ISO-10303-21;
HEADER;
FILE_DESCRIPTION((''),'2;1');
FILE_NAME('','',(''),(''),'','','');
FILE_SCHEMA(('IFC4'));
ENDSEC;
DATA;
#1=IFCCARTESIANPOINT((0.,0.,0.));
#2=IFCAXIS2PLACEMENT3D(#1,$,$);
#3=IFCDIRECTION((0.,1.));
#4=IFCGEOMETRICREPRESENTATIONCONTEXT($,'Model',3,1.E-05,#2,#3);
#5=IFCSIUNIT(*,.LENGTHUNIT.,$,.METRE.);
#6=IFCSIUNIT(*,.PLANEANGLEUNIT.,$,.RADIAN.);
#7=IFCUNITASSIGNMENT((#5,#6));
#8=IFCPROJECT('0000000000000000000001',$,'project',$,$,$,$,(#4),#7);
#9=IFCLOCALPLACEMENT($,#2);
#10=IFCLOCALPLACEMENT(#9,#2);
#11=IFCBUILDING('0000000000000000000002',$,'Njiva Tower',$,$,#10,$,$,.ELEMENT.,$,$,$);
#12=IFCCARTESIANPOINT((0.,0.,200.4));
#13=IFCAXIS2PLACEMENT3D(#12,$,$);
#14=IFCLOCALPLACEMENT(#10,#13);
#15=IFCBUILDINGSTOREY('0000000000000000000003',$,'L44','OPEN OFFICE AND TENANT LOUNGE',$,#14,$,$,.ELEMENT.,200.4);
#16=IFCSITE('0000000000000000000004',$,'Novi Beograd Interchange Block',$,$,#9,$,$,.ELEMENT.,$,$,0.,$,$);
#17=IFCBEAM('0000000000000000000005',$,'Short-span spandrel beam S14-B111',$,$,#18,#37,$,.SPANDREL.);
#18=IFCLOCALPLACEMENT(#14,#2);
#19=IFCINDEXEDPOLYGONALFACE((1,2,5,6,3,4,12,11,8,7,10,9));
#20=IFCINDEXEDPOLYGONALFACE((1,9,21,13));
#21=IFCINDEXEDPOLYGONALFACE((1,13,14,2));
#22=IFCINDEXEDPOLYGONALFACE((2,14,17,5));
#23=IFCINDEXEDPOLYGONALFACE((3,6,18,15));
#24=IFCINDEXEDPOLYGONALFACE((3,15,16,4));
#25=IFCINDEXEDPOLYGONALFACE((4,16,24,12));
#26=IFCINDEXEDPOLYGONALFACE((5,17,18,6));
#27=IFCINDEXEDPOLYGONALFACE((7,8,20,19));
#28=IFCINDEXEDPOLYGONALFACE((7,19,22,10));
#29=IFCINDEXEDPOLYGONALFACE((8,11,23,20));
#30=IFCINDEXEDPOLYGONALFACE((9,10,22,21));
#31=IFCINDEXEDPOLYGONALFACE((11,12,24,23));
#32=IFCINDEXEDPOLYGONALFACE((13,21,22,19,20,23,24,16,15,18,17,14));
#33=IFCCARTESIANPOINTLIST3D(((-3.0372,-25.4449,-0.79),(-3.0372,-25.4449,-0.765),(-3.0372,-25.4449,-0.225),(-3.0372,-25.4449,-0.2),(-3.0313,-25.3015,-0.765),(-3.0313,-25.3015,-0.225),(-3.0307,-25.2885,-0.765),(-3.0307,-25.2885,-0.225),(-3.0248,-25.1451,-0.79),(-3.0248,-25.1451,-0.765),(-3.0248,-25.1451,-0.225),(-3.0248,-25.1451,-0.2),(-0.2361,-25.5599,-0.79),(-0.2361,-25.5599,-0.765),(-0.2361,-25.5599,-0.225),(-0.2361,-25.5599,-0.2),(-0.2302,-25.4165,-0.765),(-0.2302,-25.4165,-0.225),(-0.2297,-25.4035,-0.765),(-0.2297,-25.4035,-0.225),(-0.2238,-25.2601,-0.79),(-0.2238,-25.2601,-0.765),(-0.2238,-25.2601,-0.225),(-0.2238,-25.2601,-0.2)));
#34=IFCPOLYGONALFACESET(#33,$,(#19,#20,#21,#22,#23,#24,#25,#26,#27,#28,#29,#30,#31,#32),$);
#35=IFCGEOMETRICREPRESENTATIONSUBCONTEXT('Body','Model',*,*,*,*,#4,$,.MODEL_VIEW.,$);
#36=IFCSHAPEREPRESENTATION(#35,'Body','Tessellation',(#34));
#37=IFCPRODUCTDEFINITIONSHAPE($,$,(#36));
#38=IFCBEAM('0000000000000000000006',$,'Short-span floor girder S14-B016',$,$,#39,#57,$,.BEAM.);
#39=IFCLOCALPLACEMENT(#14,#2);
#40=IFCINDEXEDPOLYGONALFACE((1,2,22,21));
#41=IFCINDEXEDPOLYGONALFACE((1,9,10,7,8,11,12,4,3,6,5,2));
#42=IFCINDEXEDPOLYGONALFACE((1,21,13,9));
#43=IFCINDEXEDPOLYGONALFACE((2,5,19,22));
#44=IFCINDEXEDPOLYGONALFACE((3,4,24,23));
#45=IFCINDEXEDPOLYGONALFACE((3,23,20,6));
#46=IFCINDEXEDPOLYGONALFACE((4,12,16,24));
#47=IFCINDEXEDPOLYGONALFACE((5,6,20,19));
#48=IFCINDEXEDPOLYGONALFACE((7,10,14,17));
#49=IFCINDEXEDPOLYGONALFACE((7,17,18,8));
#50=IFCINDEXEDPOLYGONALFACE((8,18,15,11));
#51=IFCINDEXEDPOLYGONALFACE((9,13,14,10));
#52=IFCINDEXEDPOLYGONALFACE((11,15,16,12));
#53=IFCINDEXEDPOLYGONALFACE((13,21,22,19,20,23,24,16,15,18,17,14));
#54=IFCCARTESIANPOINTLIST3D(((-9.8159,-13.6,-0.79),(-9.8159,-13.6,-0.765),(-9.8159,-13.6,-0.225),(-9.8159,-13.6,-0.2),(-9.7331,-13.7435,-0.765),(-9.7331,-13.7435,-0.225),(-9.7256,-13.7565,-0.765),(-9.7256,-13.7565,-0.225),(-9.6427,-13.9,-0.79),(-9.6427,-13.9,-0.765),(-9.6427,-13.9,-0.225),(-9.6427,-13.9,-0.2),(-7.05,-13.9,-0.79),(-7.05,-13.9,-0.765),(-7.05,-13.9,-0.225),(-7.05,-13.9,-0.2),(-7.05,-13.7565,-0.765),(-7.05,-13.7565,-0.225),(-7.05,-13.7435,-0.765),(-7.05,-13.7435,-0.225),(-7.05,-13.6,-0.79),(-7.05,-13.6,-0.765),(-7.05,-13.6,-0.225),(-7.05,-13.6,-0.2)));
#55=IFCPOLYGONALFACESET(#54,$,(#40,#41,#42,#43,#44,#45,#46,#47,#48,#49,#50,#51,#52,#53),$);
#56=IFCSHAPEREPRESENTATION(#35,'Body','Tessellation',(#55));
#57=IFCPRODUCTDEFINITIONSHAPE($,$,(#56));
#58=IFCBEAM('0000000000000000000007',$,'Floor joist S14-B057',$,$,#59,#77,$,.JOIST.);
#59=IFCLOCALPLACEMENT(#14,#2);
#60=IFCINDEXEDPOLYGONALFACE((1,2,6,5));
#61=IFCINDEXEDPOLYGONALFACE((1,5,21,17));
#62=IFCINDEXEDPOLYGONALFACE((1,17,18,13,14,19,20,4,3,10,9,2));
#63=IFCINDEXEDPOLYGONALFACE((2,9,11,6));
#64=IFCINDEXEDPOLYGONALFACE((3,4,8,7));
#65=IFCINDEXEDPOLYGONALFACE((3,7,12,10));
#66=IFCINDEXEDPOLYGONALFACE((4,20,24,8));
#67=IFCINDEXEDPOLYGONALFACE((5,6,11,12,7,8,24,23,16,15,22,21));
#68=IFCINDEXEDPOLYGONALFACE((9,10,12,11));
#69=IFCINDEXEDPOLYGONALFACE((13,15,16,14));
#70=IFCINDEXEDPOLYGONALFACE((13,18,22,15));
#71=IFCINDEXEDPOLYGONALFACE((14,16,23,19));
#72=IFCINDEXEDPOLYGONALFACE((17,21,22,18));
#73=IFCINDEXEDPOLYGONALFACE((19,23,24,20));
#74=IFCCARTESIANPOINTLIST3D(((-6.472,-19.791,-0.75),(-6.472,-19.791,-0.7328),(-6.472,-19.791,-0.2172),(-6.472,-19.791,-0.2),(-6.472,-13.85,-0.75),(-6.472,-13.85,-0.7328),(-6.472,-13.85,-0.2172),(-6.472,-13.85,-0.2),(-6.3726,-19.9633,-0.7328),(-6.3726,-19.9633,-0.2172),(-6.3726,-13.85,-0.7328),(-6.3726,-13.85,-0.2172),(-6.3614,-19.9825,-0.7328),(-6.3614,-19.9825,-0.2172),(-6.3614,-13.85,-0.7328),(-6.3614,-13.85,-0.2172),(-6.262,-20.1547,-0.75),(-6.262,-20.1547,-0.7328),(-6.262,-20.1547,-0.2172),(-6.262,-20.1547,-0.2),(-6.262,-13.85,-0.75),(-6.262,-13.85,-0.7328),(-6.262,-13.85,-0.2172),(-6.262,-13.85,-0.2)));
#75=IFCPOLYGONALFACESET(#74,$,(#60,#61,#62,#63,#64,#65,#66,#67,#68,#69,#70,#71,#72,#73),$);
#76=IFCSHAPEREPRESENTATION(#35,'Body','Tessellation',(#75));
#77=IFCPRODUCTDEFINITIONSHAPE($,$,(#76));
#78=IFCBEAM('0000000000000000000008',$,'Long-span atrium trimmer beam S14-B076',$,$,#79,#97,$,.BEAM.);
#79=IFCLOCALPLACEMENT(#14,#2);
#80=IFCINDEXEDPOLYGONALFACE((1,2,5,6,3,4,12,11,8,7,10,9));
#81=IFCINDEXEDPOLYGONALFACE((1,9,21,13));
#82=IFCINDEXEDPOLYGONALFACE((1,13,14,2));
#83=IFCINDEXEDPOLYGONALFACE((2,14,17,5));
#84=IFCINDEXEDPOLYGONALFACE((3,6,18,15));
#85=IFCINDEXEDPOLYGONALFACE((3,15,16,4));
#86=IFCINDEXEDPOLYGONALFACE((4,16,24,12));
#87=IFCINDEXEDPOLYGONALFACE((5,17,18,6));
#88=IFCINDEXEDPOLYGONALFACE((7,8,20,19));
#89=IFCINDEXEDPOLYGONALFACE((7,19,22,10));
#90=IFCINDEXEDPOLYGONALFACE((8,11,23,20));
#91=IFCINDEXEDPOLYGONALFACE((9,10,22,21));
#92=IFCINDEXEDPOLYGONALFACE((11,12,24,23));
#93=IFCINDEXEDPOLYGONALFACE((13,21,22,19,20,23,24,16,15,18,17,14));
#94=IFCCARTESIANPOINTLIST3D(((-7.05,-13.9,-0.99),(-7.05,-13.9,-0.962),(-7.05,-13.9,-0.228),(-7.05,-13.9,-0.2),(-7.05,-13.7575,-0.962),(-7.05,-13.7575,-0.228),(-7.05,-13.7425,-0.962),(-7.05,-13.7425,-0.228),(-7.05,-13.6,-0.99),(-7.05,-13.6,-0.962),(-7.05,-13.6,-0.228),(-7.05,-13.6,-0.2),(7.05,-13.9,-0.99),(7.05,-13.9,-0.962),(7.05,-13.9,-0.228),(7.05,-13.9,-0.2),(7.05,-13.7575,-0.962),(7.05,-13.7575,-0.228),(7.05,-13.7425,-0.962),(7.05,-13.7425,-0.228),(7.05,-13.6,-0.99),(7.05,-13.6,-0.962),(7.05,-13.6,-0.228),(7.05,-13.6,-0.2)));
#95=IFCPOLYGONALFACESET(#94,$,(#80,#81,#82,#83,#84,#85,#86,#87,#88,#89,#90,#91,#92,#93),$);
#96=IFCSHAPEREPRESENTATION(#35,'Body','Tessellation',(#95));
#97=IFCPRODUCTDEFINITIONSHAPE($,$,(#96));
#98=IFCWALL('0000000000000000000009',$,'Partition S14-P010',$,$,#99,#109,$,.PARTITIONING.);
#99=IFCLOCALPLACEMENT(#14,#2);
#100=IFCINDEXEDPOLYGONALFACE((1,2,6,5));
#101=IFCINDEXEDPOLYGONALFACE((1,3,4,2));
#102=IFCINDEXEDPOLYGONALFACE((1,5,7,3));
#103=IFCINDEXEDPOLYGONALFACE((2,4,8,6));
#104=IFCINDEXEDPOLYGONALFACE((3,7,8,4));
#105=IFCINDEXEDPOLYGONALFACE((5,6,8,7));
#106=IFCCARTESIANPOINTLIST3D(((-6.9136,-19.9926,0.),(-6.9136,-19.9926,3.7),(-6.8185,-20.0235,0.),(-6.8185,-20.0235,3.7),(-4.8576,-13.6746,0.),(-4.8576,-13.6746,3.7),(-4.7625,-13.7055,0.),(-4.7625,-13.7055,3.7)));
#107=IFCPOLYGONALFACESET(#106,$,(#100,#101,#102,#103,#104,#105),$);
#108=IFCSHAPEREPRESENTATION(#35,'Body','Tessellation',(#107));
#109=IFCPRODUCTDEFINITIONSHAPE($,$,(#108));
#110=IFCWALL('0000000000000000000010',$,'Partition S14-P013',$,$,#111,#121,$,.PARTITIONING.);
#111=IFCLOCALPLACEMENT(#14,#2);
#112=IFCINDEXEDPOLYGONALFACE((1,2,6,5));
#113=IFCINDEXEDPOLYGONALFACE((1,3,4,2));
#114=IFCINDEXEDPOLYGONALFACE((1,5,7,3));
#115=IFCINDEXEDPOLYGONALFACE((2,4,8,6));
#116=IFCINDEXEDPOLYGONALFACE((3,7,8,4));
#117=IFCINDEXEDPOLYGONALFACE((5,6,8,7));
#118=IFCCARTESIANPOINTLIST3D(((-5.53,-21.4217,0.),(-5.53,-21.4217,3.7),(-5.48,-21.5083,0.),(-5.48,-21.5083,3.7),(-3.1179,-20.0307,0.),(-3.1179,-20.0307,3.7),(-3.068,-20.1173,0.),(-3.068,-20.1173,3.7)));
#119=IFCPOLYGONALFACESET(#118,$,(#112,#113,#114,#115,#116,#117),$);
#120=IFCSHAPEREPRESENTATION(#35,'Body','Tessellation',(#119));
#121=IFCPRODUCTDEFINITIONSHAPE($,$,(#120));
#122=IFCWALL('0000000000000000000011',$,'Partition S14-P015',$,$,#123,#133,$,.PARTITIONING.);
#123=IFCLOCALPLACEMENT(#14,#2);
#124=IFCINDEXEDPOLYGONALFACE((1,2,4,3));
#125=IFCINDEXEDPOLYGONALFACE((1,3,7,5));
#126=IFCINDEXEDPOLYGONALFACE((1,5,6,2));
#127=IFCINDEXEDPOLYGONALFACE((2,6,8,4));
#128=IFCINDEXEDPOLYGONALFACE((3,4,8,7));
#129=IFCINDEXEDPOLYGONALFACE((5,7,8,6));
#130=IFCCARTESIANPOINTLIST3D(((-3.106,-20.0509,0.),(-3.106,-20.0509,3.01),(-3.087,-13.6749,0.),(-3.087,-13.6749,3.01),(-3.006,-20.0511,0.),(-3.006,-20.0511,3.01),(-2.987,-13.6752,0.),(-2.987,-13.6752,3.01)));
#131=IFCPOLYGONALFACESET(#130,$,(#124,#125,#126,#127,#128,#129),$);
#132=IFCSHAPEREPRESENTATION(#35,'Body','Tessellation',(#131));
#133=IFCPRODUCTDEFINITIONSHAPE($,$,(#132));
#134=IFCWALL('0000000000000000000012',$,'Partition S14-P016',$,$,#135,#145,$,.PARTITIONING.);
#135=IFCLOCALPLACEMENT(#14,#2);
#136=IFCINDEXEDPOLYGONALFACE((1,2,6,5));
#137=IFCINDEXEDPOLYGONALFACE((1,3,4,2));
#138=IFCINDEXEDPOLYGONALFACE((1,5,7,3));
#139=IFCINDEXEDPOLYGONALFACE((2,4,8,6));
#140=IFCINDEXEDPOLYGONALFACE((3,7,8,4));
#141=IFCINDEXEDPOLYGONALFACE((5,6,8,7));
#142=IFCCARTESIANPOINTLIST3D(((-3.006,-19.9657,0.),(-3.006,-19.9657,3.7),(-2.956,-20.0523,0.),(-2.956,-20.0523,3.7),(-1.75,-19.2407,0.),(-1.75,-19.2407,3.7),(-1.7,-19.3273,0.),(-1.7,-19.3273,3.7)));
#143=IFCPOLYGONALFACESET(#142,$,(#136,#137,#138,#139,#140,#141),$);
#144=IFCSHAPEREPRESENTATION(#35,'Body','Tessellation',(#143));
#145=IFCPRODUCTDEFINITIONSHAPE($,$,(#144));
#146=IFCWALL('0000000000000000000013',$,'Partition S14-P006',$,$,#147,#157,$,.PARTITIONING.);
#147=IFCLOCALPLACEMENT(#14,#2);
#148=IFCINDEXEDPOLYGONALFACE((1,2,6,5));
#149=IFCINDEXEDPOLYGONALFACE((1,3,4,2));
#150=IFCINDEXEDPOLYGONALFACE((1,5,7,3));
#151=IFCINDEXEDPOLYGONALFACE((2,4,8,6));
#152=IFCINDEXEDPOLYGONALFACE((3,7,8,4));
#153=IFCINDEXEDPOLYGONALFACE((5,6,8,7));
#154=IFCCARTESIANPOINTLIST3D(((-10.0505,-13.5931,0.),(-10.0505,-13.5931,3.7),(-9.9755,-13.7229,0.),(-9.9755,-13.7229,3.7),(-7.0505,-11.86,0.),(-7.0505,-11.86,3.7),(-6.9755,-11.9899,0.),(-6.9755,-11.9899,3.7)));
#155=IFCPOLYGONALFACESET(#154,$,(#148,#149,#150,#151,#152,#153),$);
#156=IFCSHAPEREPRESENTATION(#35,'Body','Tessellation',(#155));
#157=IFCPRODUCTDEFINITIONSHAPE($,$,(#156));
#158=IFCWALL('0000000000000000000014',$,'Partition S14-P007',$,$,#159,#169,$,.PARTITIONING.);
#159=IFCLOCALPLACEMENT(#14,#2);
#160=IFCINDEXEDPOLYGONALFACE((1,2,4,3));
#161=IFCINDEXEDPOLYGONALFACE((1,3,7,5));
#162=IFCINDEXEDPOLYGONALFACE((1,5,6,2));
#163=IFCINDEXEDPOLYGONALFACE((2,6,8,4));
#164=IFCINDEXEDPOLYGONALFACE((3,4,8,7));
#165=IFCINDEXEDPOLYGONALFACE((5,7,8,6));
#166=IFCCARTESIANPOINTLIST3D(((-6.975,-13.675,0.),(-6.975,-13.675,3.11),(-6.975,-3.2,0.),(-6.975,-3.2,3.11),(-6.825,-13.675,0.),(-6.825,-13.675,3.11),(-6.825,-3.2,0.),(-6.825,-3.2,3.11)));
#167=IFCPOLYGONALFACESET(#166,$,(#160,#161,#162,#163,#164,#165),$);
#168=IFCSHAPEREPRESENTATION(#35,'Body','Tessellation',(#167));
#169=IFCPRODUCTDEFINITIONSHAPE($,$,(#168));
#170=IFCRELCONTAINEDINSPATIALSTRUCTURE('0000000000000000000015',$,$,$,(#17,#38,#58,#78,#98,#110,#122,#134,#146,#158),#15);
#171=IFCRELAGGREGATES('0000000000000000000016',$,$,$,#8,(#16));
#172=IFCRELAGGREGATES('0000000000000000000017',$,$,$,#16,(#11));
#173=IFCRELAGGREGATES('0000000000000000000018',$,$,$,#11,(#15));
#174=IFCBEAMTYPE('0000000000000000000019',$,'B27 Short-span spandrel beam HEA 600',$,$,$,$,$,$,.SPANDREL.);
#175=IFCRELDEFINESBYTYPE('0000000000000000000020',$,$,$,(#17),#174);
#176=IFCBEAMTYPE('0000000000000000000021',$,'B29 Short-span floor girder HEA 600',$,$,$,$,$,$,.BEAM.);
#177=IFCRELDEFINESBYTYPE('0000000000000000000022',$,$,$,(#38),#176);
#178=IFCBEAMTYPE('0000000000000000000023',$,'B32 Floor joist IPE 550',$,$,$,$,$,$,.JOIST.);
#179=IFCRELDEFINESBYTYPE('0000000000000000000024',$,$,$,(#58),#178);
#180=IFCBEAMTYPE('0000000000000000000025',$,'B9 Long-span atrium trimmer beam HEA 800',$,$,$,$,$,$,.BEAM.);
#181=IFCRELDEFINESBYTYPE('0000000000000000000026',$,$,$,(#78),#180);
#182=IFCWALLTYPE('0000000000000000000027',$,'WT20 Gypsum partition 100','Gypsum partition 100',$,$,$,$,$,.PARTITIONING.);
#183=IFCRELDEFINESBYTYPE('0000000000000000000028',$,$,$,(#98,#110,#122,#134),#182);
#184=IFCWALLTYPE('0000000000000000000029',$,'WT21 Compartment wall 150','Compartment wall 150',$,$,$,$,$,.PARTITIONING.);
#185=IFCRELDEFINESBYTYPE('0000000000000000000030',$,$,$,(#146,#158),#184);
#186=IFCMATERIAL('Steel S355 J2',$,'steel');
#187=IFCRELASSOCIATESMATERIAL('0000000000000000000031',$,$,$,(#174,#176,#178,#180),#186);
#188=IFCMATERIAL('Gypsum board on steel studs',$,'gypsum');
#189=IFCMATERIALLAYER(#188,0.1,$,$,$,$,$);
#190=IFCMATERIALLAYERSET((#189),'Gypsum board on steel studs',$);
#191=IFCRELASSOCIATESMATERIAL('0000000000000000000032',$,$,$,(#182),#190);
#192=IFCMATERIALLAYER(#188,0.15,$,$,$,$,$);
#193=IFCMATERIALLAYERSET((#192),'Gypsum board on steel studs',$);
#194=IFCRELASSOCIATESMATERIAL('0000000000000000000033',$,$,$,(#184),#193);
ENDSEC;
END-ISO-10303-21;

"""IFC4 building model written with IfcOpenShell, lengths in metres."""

from ifc_helpers import new_model, si_unit, direction, frame, frame_2d, origin, origin_2d, place, context, subcontext, project, spatial, rectangle, i_section, extrude, clip, halfspace, material, layer, layer_set, material_profile, profile_set, type_object, element, save


model = new_model("IFC4")

# Units and contexts
model_context = context("Model", 3, precision=1e-05, world=origin(), true_north=direction((0.0, 1.0)))
body_context = subcontext(model_context, "Body", "Model", "MODEL_VIEW")
ifc_project = project(units=[si_unit("LENGTHUNIT", "METRE"), si_unit("PLANEANGLEUNIT", "RADIAN")], contexts=[model_context])

# Site, building, storey
site_placement = place(None, origin())
site = spatial("IfcSite", under=ifc_project, at=site_placement, Name="Novi Beograd Interchange Block", CompositionType="ELEMENT", RefElevation=0.0)
building_placement = place(site_placement, origin())
building = spatial("IfcBuilding", under=site, at=building_placement, Name="Njiva Tower", CompositionType="ELEMENT")
storey_placement = place(building_placement, frame((0.0, 0.0, 200.4)))
storey = spatial("IfcBuildingStorey", under=building, at=storey_placement, Name="L44", Description="OPEN OFFICE AND TENANT LOUNGE", CompositionType="ELEMENT", Elevation=200.4)

# Shared definitions
ifc_material_1 = material(Name="Steel S355 J2", Category="steel")

# Beams
ifc_material_profile_1 = material_profile(ifc_material_1, i_section(OverallWidth=0.3, OverallDepth=0.59, WebThickness=0.013, FlangeThickness=0.025, at=origin_2d()), Name="HEA 600")
ifc_profile_set_1 = profile_set([ifc_material_profile_1], Name="Steel S355 J2")
beam_type_1 = type_object("IfcBeamType", Name="B27 Short-span spandrel beam HEA 600", PredefinedType="SPANDREL", material=ifc_profile_set_1)
beam_1_placement = place(storey_placement, frame((-3.031, -25.295, -0.495), z_axis=(0.999158, -0.041022, 0.0), x_axis=(0.041022, 0.999158, 0.0)))
element("IfcBeam", 1, at=beam_1_placement, inside=storey, type_object=beam_type_1, Name="Short-span spandrel beam S14-B111", PredefinedType="SPANDREL", context=body_context, shape_type="SweptSolid", body=[
    extrude(i_section(OverallWidth=0.3, OverallDepth=0.59, WebThickness=0.013, FlangeThickness=0.025, at=origin_2d()), origin(), (0.0, 0.0, 1.0), 2.8034),
])
ifc_material_profile_2 = material_profile(ifc_material_1, i_section(OverallWidth=0.3, OverallDepth=0.59, WebThickness=0.013, FlangeThickness=0.025, at=origin_2d()), Name="HEA 600")
ifc_profile_set_2 = profile_set([ifc_material_profile_2], Name="Steel S355 J2")
beam_type_2 = type_object("IfcBeamType", Name="B29 Short-span floor girder HEA 600", PredefinedType="BEAM", material=ifc_profile_set_2)
beam_2_placement = place(storey_placement, frame((-9.836, -13.75, -0.495), z_axis=(1.0, 0.0, 0.0), x_axis=(0.0, 1.0, 0.0)))
element("IfcBeam", 2, at=beam_2_placement, inside=storey, type_object=beam_type_2, Name="Short-span floor girder S14-B016", PredefinedType="BEAM", context=body_context, shape_type="Clipping", body=[
    clip(extrude(i_section(OverallWidth=0.3, OverallDepth=0.59, WebThickness=0.013, FlangeThickness=0.025, at=origin_2d()), origin(), (0.0, 0.0, 1.0), 2.786), halfspace(frame((-0.025, 0.0, 0.1211), z_axis=(-0.499998, 0.0, -0.866027), x_axis=(0.0, -1.0, 0.0)), False)),
])
ifc_material_profile_3 = material_profile(ifc_material_1, i_section(OverallWidth=0.21, OverallDepth=0.55, WebThickness=0.0111, FlangeThickness=0.0172, at=origin_2d()), Name="IPE 550")
ifc_profile_set_3 = profile_set([ifc_material_profile_3], Name="Steel S355 J2")
beam_type_3 = type_object("IfcBeamType", Name="B32 Floor joist IPE 550", PredefinedType="JOIST", material=ifc_profile_set_3)
beam_3_placement = place(storey_placement, frame((-6.367, -13.85, -0.475), z_axis=(0.0, -1.0, 0.0), x_axis=(1.0, 0.0, 0.0)))
element("IfcBeam", 3, at=beam_3_placement, inside=storey, type_object=beam_type_3, Name="Floor joist S14-B057", PredefinedType="JOIST", context=body_context, shape_type="Clipping", body=[
    clip(extrude(i_section(OverallWidth=0.21, OverallDepth=0.55, WebThickness=0.0111, FlangeThickness=0.0172, at=origin_2d()), origin(), (0.0, 0.0, 1.0), 6.325), halfspace(frame((-0.043, 0.0, 6.0484), z_axis=(-0.866027, 0.0, 0.499998), x_axis=(0.0, 1.0, 0.0)), False)),
])
ifc_material_profile_4 = material_profile(ifc_material_1, i_section(OverallWidth=0.3, OverallDepth=0.79, WebThickness=0.015, FlangeThickness=0.028, at=origin_2d()), Name="HEA 800")
ifc_profile_set_4 = profile_set([ifc_material_profile_4], Name="Steel S355 J2")
beam_type_4 = type_object("IfcBeamType", Name="B9 Long-span atrium trimmer beam HEA 800", PredefinedType="BEAM", material=ifc_profile_set_4)
beam_4_placement = place(storey_placement, frame((-7.05, -13.75, -0.595), z_axis=(1.0, 0.0, 0.0), x_axis=(0.0, 1.0, 0.0)))
element("IfcBeam", 4, at=beam_4_placement, inside=storey, type_object=beam_type_4, Name="Long-span atrium trimmer beam S14-B076", PredefinedType="BEAM", context=body_context, shape_type="SweptSolid", body=[
    extrude(i_section(OverallWidth=0.3, OverallDepth=0.79, WebThickness=0.015, FlangeThickness=0.028, at=origin_2d()), origin(), (0.0, 0.0, 1.0), 14.1),
])

# Walls
ifc_material_2 = material(Name="Gypsum board on steel studs", Category="gypsum")
ifc_layer_1 = layer(ifc_material_2, 0.1)
ifc_layer_set_1 = layer_set([ifc_layer_1], Name="Gypsum board on steel studs")
wall_type_1 = type_object("IfcWallType", Name="WT20 Gypsum partition 100", Description="Gypsum partition 100", PredefinedType="PARTITIONING", material=ifc_layer_set_1)
wall_1_placement = place(storey_placement, frame((-6.866, -20.008, 0.0), z_axis=(0.0, 0.0, 1.0), x_axis=(0.309447, 0.950917, 0.0)))
element("IfcWall", 5, at=wall_1_placement, inside=storey, type_object=wall_type_1, Name="Partition S14-P010", PredefinedType="PARTITIONING", context=body_context, shape_type="SweptSolid", body=[
    extrude(rectangle(XDim=6.6441, YDim=0.1, at=frame_2d((3.322, 0.0))), origin(), (0.0, 0.0, 1.0), 3.7),
])
wall_2_placement = place(storey_placement, frame((-5.505, -21.465, 0.0), z_axis=(0.0, 0.0, 1.0), x_axis=(0.866269, 0.499577, 0.0)))
element("IfcWall", 6, at=wall_2_placement, inside=storey, type_object=wall_type_1, Name="Partition S14-P013", PredefinedType="PARTITIONING", context=body_context, shape_type="SweptSolid", body=[
    extrude(rectangle(XDim=2.7844, YDim=0.1, at=frame_2d((1.3922, 0.0))), origin(), (0.0, 0.0, 1.0), 3.7),
])
wall_3_placement = place(storey_placement, frame((-3.056, -20.051, 0.0), z_axis=(0.0, 0.0, 1.0), x_axis=(0.00298, 0.999996, 0.0)))
element("IfcWall", 7, at=wall_3_placement, inside=storey, type_object=wall_type_1, Name="Partition S14-P015", PredefinedType="PARTITIONING", context=body_context, shape_type="SweptSolid", body=[
    extrude(rectangle(XDim=6.376, YDim=0.1, at=frame_2d((3.188, 0.0))), origin(), (0.0, 0.0, 1.0), 3.01),
])
wall_4_placement = place(storey_placement, frame((-2.981, -20.009, 0.0), z_axis=(0.0, 0.0, 1.0), x_axis=(0.866071, 0.499921, 0.0)))
element("IfcWall", 8, at=wall_4_placement, inside=storey, type_object=wall_type_1, Name="Partition S14-P016", PredefinedType="PARTITIONING", context=body_context, shape_type="SweptSolid", body=[
    extrude(rectangle(XDim=1.4502, YDim=0.1, at=frame_2d((0.7251, 0.0))), origin(), (0.0, 0.0, 1.0), 3.7),
])
ifc_layer_2 = layer(ifc_material_2, 0.15)
ifc_layer_set_2 = layer_set([ifc_layer_2], Name="Gypsum board on steel studs")
wall_type_2 = type_object("IfcWallType", Name="WT21 Compartment wall 150", Description="Compartment wall 150", PredefinedType="PARTITIONING", material=ifc_layer_set_2)
wall_5_placement = place(storey_placement, frame((-10.013, -13.658, 0.0), z_axis=(0.0, 0.0, 1.0), x_axis=(0.865907, 0.500205, 0.0)))
element("IfcWall", 9, at=wall_5_placement, inside=storey, type_object=wall_type_2, Name="Partition S14-P006", PredefinedType="PARTITIONING", context=body_context, shape_type="SweptSolid", body=[
    extrude(rectangle(XDim=3.4646, YDim=0.15, at=frame_2d((1.7323, 0.0))), origin(), (0.0, 0.0, 1.0), 3.7),
])
wall_6_placement = place(storey_placement, frame((-6.9, -13.675, 0.0), z_axis=(0.0, 0.0, 1.0), x_axis=(0.0, 1.0, 0.0)))
element("IfcWall", 10, at=wall_6_placement, inside=storey, type_object=wall_type_2, Name="Partition S14-P007", PredefinedType="PARTITIONING", context=body_context, shape_type="SweptSolid", body=[
    extrude(rectangle(XDim=10.475, YDim=0.15, at=frame_2d((5.2375, 0.0))), origin(), (0.0, 0.0, 1.0), 3.11),
])

save(model, "model.ifc")
